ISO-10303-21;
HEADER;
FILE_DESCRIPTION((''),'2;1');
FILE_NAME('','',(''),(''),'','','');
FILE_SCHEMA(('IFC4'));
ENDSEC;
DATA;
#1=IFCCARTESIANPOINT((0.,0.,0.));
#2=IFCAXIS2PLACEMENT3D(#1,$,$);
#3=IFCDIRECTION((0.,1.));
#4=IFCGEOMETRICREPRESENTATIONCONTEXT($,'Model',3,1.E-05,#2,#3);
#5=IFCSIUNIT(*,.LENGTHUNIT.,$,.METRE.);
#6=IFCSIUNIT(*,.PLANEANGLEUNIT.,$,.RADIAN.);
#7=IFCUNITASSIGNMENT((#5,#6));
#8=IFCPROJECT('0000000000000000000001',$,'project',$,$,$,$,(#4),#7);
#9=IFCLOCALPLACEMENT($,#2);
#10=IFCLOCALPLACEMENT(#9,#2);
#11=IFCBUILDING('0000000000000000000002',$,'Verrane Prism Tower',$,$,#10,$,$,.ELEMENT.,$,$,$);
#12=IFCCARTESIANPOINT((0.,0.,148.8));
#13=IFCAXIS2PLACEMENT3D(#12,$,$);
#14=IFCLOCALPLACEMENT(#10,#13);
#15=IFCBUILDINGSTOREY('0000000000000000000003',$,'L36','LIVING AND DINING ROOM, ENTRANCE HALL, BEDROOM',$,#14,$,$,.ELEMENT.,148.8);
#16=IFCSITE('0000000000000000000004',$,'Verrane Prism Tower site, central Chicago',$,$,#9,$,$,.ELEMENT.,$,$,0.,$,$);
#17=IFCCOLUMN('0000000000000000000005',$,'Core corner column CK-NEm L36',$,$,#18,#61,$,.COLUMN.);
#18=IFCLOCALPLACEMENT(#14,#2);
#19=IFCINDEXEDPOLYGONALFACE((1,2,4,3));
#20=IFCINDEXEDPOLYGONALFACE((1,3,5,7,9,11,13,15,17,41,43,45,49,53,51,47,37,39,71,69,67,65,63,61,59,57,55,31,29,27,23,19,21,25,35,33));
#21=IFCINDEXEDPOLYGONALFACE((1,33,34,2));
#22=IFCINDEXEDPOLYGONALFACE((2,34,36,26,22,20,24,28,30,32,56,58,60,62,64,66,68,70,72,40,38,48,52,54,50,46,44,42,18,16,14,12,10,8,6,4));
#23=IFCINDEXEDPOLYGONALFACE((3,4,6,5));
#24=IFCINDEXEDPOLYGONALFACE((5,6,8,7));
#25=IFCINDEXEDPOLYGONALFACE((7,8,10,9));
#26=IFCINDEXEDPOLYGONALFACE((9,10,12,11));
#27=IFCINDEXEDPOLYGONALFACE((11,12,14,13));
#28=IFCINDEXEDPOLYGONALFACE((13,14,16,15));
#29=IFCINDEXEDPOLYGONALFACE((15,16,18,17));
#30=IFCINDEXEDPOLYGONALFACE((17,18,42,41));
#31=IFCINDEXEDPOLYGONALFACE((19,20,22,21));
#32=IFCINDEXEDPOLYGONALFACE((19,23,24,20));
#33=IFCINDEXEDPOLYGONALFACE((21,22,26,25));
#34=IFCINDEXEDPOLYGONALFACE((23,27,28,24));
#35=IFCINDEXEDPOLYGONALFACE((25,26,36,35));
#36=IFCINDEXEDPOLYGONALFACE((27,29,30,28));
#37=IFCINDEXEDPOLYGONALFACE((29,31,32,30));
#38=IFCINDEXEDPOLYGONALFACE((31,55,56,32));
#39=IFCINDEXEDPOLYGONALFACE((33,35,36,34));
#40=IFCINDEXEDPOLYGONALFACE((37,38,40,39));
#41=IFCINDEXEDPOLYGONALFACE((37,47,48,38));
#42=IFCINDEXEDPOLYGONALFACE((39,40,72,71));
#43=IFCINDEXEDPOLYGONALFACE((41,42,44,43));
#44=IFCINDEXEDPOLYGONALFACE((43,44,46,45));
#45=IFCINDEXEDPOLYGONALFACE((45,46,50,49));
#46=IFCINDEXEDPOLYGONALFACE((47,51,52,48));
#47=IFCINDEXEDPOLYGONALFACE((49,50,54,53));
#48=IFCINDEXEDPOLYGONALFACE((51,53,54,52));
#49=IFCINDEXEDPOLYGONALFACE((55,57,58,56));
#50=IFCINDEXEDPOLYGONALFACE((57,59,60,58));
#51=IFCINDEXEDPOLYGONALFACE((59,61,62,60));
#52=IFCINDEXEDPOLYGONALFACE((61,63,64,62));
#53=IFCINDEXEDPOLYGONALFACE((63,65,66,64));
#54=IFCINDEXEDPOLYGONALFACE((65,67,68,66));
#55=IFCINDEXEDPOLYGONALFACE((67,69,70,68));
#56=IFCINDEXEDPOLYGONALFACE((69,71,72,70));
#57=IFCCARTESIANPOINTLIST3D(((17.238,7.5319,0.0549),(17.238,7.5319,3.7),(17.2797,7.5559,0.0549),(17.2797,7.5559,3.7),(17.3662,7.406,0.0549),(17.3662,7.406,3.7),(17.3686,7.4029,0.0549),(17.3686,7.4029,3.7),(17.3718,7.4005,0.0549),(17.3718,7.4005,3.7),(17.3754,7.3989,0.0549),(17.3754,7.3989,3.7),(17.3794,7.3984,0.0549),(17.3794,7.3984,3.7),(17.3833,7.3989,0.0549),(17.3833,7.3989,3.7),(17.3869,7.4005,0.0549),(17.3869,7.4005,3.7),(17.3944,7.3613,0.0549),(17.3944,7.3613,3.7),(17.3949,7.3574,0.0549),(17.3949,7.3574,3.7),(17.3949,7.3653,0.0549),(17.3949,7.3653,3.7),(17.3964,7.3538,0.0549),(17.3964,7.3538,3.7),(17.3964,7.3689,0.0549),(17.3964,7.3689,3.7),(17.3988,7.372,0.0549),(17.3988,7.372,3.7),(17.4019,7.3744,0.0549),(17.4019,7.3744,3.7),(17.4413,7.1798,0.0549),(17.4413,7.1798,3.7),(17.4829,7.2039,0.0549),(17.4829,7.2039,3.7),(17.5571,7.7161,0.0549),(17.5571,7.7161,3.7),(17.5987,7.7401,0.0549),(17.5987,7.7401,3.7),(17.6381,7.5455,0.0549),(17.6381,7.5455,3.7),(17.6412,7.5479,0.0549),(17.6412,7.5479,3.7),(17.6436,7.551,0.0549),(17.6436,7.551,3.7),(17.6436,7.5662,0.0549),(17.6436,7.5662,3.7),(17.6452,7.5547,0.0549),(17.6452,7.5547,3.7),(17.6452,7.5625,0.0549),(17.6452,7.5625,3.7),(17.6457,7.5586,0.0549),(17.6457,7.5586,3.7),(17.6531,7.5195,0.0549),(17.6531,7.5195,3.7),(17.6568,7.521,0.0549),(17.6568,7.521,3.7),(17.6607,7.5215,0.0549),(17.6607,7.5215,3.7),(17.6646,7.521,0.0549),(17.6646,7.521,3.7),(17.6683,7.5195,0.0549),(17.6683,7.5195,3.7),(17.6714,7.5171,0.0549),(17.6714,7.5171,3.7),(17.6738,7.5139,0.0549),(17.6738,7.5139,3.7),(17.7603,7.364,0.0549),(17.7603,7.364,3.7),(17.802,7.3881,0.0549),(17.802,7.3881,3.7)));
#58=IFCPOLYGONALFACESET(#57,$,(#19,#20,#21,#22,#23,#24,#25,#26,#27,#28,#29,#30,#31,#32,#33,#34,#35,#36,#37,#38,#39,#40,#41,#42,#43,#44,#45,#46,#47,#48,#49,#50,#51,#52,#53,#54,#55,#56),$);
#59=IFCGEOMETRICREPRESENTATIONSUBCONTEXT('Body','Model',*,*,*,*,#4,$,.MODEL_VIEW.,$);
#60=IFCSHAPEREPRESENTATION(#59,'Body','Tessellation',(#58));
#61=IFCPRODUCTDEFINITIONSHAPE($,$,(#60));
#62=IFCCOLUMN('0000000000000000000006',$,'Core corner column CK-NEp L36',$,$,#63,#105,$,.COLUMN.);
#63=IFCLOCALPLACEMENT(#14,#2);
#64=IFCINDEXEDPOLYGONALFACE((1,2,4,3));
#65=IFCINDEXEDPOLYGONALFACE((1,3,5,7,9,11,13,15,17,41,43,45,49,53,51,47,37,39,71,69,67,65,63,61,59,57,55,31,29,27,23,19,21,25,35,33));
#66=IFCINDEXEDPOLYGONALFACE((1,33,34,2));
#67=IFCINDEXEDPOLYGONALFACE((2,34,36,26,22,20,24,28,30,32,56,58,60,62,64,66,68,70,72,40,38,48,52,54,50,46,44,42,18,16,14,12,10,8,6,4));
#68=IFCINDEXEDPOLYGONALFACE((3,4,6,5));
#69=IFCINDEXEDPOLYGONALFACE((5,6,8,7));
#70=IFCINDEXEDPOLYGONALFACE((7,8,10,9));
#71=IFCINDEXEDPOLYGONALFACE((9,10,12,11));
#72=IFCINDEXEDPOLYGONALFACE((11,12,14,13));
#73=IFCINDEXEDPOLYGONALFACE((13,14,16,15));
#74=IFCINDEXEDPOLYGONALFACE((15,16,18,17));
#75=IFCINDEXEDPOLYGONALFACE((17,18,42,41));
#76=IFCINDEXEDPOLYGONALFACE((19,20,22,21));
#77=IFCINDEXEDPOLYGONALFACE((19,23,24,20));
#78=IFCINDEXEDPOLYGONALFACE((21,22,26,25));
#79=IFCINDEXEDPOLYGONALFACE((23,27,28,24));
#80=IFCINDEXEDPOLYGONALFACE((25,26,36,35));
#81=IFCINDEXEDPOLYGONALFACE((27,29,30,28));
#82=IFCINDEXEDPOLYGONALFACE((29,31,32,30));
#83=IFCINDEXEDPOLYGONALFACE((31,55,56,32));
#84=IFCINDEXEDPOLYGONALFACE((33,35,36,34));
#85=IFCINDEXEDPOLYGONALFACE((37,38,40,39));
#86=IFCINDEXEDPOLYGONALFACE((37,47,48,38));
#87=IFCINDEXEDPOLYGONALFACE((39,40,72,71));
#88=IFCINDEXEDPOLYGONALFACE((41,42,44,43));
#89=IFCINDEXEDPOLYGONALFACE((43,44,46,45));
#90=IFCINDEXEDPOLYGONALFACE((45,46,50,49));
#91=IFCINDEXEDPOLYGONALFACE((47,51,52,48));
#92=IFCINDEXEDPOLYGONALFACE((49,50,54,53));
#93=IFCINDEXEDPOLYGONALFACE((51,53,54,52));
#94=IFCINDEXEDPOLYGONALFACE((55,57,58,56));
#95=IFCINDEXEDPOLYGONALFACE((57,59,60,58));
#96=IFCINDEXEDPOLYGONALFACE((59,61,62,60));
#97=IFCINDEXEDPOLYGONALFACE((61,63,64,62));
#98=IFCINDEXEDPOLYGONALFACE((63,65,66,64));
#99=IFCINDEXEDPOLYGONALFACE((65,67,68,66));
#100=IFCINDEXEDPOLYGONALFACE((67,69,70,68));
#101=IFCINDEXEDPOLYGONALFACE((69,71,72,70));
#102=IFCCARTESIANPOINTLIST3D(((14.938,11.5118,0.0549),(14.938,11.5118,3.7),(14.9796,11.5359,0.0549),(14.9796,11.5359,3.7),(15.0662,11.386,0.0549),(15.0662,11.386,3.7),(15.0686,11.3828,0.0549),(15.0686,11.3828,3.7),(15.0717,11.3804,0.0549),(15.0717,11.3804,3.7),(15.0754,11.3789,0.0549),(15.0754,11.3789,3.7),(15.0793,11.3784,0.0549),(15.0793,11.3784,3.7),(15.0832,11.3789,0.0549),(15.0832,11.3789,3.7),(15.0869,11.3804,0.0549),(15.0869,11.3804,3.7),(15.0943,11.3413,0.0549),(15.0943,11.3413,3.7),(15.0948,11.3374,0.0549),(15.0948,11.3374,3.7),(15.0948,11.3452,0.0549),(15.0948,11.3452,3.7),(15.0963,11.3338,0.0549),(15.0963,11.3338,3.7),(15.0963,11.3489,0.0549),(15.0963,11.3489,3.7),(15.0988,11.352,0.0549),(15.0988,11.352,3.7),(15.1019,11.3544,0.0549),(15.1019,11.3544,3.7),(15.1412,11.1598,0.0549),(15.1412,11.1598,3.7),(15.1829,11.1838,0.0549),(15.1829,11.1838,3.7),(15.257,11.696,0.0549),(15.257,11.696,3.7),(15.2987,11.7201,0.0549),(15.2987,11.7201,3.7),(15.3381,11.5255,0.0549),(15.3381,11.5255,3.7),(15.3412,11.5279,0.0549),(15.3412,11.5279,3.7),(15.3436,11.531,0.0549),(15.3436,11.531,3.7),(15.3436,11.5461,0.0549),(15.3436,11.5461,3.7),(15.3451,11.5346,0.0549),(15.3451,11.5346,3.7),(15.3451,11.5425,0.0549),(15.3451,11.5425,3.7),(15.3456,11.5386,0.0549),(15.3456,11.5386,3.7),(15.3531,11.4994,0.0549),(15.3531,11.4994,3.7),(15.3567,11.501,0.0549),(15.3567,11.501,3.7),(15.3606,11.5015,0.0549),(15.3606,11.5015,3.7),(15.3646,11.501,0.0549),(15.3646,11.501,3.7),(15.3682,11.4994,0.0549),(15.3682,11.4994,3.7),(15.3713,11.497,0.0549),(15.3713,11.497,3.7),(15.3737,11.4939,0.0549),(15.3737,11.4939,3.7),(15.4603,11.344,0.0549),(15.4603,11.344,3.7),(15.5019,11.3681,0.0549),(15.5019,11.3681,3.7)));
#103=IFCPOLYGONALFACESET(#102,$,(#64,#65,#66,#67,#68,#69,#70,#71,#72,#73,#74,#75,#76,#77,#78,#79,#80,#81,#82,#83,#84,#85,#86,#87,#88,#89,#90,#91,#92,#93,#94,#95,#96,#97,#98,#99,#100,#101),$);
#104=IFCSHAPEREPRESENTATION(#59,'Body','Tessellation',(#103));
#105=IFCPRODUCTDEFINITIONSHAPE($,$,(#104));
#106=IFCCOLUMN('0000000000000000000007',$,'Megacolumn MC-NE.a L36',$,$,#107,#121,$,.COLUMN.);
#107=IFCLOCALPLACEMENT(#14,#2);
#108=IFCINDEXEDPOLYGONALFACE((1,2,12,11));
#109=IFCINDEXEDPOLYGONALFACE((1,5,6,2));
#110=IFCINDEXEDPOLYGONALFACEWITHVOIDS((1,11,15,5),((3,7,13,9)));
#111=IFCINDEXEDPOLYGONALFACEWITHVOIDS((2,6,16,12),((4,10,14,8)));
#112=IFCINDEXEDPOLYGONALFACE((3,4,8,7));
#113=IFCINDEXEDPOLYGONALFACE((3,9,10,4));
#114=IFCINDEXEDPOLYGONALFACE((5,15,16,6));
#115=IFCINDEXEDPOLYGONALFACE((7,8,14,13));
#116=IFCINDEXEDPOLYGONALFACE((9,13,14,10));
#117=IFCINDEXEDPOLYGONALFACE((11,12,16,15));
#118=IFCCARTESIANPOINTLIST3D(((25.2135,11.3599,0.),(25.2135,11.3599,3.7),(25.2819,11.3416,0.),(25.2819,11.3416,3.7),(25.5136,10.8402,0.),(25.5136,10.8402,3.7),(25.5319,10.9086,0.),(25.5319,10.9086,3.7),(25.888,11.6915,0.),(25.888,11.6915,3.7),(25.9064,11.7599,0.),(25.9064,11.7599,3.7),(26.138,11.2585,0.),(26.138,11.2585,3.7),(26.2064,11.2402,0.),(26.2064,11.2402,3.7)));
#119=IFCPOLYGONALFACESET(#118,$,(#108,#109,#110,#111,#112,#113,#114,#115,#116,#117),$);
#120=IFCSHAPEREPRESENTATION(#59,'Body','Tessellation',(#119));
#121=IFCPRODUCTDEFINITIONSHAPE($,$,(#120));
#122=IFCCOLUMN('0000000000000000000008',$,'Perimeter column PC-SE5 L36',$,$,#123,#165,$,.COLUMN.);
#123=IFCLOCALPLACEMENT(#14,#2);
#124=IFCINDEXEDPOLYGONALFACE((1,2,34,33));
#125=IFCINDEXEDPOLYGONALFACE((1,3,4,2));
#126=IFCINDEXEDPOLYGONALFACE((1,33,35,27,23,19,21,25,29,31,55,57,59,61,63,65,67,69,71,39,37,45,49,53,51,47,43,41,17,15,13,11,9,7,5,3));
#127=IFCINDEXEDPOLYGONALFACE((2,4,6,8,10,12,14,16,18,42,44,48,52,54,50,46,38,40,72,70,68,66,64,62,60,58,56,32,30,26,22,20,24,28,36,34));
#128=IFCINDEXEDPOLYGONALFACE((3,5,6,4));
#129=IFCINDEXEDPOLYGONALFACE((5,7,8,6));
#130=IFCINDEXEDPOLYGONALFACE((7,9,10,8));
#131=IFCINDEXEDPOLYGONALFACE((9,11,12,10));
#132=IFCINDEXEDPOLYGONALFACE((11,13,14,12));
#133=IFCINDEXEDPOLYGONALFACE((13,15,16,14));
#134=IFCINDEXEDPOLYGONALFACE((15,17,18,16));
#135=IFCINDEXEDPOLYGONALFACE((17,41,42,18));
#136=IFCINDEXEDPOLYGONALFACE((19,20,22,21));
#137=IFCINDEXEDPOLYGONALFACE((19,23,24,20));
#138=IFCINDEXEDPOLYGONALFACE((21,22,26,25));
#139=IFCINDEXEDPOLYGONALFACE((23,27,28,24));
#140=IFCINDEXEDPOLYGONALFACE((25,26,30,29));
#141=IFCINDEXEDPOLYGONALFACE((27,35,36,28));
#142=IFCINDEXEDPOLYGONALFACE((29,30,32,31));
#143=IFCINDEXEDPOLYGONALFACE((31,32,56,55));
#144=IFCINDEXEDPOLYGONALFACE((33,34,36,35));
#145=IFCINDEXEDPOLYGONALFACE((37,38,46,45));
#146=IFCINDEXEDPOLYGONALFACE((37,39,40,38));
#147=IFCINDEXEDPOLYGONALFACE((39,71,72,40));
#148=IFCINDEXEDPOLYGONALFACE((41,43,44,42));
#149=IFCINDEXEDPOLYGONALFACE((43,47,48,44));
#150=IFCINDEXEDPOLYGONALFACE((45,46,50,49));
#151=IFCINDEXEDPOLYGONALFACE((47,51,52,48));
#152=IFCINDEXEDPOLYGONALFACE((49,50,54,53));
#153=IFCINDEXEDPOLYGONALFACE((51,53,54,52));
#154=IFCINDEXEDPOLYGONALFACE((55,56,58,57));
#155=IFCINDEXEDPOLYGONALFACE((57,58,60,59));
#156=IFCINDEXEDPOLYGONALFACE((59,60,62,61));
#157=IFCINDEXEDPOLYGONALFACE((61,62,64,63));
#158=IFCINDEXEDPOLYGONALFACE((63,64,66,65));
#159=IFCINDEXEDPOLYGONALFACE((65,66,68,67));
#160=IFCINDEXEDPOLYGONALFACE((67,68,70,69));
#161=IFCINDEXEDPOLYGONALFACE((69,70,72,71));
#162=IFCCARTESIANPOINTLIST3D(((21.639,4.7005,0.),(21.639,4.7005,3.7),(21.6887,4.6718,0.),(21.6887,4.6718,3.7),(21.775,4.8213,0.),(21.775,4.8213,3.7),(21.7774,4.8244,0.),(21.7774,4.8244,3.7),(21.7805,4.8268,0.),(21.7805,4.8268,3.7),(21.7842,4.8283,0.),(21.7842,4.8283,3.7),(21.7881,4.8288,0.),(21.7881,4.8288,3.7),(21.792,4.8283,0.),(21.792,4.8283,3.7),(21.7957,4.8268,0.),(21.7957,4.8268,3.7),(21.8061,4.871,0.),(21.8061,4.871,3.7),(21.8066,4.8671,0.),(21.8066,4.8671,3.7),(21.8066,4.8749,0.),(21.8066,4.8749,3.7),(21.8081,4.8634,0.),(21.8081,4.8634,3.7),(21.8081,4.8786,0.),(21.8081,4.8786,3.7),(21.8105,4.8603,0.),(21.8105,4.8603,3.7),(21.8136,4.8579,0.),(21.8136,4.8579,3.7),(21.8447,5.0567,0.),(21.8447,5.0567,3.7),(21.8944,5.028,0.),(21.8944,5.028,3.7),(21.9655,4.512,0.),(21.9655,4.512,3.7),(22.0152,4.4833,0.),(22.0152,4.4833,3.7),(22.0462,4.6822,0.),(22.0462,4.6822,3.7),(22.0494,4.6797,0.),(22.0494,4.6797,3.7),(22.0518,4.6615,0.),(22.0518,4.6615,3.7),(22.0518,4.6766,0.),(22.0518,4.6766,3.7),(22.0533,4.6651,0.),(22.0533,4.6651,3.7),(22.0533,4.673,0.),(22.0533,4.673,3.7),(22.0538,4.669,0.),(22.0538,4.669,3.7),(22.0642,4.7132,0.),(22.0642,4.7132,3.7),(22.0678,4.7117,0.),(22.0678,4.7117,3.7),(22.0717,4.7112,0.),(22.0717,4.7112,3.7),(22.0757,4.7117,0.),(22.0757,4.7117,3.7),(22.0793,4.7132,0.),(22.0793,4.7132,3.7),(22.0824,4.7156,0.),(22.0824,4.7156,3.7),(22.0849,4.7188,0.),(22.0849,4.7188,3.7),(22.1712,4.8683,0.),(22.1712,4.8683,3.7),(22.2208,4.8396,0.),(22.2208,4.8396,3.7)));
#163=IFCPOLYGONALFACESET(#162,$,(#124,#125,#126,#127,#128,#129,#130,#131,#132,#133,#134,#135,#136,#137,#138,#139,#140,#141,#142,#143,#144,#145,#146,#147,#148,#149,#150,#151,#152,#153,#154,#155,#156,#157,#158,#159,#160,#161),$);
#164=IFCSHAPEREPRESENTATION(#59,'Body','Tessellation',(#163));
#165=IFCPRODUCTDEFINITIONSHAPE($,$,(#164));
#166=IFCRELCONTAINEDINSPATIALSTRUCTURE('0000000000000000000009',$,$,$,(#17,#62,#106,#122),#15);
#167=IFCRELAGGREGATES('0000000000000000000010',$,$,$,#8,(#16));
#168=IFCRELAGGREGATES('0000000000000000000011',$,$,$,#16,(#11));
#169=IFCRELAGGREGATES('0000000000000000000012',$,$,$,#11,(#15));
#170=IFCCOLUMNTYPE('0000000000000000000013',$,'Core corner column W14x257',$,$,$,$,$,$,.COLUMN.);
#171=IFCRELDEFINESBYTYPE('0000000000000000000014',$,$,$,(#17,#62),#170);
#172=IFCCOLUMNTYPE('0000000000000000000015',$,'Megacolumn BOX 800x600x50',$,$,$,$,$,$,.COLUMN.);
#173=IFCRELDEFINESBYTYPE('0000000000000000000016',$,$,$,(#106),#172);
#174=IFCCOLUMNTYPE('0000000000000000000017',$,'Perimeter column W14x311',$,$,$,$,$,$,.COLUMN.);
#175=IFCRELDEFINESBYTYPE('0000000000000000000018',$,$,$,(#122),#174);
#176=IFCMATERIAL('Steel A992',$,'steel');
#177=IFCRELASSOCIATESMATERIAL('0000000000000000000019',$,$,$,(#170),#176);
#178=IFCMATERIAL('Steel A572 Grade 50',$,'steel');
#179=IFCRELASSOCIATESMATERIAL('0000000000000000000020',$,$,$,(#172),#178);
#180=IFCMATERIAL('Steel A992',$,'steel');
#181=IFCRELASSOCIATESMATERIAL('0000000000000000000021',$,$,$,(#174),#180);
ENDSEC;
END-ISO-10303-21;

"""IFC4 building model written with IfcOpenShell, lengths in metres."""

from ifc_helpers import new_model, si_unit, direction, frame, origin, origin_2d, place, context, subcontext, project, spatial, hollow_rectangle, i_section, extrude, material, material_profile, profile_set, type_object, element, save


model = new_model("IFC4")

# Units and contexts
model_context = context("Model", 3, precision=1e-05, world=origin(), true_north=direction((0.0, 1.0)))
body_context = subcontext(model_context, "Body", "Model", "MODEL_VIEW")
ifc_project = project(units=[si_unit("LENGTHUNIT", "METRE"), si_unit("PLANEANGLEUNIT", "RADIAN")], contexts=[model_context])

# Site, building, storey
site_placement = place(None, origin())
site = spatial("IfcSite", under=ifc_project, at=site_placement, Name="Verrane Prism Tower site, central Chicago", CompositionType="ELEMENT", RefElevation=0.0)
building_placement = place(site_placement, origin())
building = spatial("IfcBuilding", under=site, at=building_placement, Name="Verrane Prism Tower", CompositionType="ELEMENT")
storey_placement = place(building_placement, frame((0.0, 0.0, 148.8)))
storey = spatial("IfcBuildingStorey", under=building, at=storey_placement, Name="L36", Description="LIVING AND DINING ROOM, ENTRANCE HALL, BEDROOM", CompositionType="ELEMENT", Elevation=148.8)

# Columns
ifc_material_1 = material(Name="Steel A992", Category="steel")
ifc_material_profile_1 = material_profile(ifc_material_1, i_section(OverallWidth=0.4065, OverallDepth=0.4165, WebThickness=0.03, FlangeThickness=0.0481, FilletRadius=0.0151, at=origin_2d()), Name="W14x257")
ifc_profile_set_1 = profile_set([ifc_material_profile_1], Name="Steel A992")
column_type_1 = type_object("IfcColumnType", Name="Core corner column W14x257", PredefinedType="COLUMN", material=ifc_profile_set_1)
for number, where, z_axis, x_axis, name in (
    (1, (17.52, 7.46, 0.0549), (0.0, 0.0, 1.0), (0.5, -0.866025, 0.0), "Core corner column CK-NEm L36"),
    (2, (15.22, 11.4399, 0.0549), (0.0, 0.0, 1.0), (0.5, -0.866025, 0.0), "Core corner column CK-NEp L36"),
):
    element("IfcColumn", number, at=place(storey_placement, frame(where, z_axis=z_axis, x_axis=x_axis)), inside=storey, type_object=column_type_1, Name=name, PredefinedType="COLUMN", context=body_context, shape_type="SweptSolid", body=[
        extrude(i_section(OverallWidth=0.4065, OverallDepth=0.4165, WebThickness=0.03, FlangeThickness=0.0481, FilletRadius=0.0151, at=origin_2d()), origin(), (0.0, 0.0, 1.0), 3.645),
    ])
ifc_material_2 = material(Name="Steel A572 Grade 50", Category="steel")
ifc_material_profile_2 = material_profile(ifc_material_2, hollow_rectangle(XDim=0.6001, YDim=0.8, WallThickness=0.05, at=origin_2d()), Name="BOX 800x600x50")
ifc_profile_set_2 = profile_set([ifc_material_profile_2], Name="Steel A572 Grade 50")
column_type_2 = type_object("IfcColumnType", Name="Megacolumn BOX 800x600x50", PredefinedType="COLUMN", material=ifc_profile_set_2)
column_1_placement = place(storey_placement, frame((25.71, 11.3, 0.0), z_axis=(0.0, 0.0, 1.0), x_axis=(0.5, -0.866025, 0.0)))
element("IfcColumn", 3, at=column_1_placement, inside=storey, type_object=column_type_2, Name="Megacolumn MC-NE.a L36", PredefinedType="COLUMN", context=body_context, shape_type="SweptSolid", body=[
    extrude(hollow_rectangle(XDim=0.6001, YDim=0.8, WallThickness=0.05, at=origin_2d()), origin(), (0.0, 0.0, 1.0), 3.7),
])
ifc_material_3 = material(Name="Steel A992", Category="steel")
ifc_material_profile_3 = material_profile(ifc_material_3, i_section(OverallWidth=0.4114, OverallDepth=0.4343, WebThickness=0.0359, FlangeThickness=0.0574, FilletRadius=0.0151, at=origin_2d()), Name="W14x311")
ifc_profile_set_3 = profile_set([ifc_material_profile_3], Name="Steel A992")
column_type_3 = type_object("IfcColumnType", Name="Perimeter column W14x311", PredefinedType="COLUMN", material=ifc_profile_set_3)
column_2_placement = place(storey_placement, frame((21.9299, 4.77, 0.0), z_axis=(0.0, 0.0, 1.0), x_axis=(-0.5, -0.866025, 0.0)))
element("IfcColumn", 4, at=column_2_placement, inside=storey, type_object=column_type_3, Name="Perimeter column PC-SE5 L36", PredefinedType="COLUMN", context=body_context, shape_type="SweptSolid", body=[
    extrude(i_section(OverallWidth=0.4114, OverallDepth=0.4343, WebThickness=0.0359, FlangeThickness=0.0574, FilletRadius=0.0151, at=origin_2d()), origin(), (0.0, 0.0, 1.0), 3.7),
])

save(model, "model.ifc")
